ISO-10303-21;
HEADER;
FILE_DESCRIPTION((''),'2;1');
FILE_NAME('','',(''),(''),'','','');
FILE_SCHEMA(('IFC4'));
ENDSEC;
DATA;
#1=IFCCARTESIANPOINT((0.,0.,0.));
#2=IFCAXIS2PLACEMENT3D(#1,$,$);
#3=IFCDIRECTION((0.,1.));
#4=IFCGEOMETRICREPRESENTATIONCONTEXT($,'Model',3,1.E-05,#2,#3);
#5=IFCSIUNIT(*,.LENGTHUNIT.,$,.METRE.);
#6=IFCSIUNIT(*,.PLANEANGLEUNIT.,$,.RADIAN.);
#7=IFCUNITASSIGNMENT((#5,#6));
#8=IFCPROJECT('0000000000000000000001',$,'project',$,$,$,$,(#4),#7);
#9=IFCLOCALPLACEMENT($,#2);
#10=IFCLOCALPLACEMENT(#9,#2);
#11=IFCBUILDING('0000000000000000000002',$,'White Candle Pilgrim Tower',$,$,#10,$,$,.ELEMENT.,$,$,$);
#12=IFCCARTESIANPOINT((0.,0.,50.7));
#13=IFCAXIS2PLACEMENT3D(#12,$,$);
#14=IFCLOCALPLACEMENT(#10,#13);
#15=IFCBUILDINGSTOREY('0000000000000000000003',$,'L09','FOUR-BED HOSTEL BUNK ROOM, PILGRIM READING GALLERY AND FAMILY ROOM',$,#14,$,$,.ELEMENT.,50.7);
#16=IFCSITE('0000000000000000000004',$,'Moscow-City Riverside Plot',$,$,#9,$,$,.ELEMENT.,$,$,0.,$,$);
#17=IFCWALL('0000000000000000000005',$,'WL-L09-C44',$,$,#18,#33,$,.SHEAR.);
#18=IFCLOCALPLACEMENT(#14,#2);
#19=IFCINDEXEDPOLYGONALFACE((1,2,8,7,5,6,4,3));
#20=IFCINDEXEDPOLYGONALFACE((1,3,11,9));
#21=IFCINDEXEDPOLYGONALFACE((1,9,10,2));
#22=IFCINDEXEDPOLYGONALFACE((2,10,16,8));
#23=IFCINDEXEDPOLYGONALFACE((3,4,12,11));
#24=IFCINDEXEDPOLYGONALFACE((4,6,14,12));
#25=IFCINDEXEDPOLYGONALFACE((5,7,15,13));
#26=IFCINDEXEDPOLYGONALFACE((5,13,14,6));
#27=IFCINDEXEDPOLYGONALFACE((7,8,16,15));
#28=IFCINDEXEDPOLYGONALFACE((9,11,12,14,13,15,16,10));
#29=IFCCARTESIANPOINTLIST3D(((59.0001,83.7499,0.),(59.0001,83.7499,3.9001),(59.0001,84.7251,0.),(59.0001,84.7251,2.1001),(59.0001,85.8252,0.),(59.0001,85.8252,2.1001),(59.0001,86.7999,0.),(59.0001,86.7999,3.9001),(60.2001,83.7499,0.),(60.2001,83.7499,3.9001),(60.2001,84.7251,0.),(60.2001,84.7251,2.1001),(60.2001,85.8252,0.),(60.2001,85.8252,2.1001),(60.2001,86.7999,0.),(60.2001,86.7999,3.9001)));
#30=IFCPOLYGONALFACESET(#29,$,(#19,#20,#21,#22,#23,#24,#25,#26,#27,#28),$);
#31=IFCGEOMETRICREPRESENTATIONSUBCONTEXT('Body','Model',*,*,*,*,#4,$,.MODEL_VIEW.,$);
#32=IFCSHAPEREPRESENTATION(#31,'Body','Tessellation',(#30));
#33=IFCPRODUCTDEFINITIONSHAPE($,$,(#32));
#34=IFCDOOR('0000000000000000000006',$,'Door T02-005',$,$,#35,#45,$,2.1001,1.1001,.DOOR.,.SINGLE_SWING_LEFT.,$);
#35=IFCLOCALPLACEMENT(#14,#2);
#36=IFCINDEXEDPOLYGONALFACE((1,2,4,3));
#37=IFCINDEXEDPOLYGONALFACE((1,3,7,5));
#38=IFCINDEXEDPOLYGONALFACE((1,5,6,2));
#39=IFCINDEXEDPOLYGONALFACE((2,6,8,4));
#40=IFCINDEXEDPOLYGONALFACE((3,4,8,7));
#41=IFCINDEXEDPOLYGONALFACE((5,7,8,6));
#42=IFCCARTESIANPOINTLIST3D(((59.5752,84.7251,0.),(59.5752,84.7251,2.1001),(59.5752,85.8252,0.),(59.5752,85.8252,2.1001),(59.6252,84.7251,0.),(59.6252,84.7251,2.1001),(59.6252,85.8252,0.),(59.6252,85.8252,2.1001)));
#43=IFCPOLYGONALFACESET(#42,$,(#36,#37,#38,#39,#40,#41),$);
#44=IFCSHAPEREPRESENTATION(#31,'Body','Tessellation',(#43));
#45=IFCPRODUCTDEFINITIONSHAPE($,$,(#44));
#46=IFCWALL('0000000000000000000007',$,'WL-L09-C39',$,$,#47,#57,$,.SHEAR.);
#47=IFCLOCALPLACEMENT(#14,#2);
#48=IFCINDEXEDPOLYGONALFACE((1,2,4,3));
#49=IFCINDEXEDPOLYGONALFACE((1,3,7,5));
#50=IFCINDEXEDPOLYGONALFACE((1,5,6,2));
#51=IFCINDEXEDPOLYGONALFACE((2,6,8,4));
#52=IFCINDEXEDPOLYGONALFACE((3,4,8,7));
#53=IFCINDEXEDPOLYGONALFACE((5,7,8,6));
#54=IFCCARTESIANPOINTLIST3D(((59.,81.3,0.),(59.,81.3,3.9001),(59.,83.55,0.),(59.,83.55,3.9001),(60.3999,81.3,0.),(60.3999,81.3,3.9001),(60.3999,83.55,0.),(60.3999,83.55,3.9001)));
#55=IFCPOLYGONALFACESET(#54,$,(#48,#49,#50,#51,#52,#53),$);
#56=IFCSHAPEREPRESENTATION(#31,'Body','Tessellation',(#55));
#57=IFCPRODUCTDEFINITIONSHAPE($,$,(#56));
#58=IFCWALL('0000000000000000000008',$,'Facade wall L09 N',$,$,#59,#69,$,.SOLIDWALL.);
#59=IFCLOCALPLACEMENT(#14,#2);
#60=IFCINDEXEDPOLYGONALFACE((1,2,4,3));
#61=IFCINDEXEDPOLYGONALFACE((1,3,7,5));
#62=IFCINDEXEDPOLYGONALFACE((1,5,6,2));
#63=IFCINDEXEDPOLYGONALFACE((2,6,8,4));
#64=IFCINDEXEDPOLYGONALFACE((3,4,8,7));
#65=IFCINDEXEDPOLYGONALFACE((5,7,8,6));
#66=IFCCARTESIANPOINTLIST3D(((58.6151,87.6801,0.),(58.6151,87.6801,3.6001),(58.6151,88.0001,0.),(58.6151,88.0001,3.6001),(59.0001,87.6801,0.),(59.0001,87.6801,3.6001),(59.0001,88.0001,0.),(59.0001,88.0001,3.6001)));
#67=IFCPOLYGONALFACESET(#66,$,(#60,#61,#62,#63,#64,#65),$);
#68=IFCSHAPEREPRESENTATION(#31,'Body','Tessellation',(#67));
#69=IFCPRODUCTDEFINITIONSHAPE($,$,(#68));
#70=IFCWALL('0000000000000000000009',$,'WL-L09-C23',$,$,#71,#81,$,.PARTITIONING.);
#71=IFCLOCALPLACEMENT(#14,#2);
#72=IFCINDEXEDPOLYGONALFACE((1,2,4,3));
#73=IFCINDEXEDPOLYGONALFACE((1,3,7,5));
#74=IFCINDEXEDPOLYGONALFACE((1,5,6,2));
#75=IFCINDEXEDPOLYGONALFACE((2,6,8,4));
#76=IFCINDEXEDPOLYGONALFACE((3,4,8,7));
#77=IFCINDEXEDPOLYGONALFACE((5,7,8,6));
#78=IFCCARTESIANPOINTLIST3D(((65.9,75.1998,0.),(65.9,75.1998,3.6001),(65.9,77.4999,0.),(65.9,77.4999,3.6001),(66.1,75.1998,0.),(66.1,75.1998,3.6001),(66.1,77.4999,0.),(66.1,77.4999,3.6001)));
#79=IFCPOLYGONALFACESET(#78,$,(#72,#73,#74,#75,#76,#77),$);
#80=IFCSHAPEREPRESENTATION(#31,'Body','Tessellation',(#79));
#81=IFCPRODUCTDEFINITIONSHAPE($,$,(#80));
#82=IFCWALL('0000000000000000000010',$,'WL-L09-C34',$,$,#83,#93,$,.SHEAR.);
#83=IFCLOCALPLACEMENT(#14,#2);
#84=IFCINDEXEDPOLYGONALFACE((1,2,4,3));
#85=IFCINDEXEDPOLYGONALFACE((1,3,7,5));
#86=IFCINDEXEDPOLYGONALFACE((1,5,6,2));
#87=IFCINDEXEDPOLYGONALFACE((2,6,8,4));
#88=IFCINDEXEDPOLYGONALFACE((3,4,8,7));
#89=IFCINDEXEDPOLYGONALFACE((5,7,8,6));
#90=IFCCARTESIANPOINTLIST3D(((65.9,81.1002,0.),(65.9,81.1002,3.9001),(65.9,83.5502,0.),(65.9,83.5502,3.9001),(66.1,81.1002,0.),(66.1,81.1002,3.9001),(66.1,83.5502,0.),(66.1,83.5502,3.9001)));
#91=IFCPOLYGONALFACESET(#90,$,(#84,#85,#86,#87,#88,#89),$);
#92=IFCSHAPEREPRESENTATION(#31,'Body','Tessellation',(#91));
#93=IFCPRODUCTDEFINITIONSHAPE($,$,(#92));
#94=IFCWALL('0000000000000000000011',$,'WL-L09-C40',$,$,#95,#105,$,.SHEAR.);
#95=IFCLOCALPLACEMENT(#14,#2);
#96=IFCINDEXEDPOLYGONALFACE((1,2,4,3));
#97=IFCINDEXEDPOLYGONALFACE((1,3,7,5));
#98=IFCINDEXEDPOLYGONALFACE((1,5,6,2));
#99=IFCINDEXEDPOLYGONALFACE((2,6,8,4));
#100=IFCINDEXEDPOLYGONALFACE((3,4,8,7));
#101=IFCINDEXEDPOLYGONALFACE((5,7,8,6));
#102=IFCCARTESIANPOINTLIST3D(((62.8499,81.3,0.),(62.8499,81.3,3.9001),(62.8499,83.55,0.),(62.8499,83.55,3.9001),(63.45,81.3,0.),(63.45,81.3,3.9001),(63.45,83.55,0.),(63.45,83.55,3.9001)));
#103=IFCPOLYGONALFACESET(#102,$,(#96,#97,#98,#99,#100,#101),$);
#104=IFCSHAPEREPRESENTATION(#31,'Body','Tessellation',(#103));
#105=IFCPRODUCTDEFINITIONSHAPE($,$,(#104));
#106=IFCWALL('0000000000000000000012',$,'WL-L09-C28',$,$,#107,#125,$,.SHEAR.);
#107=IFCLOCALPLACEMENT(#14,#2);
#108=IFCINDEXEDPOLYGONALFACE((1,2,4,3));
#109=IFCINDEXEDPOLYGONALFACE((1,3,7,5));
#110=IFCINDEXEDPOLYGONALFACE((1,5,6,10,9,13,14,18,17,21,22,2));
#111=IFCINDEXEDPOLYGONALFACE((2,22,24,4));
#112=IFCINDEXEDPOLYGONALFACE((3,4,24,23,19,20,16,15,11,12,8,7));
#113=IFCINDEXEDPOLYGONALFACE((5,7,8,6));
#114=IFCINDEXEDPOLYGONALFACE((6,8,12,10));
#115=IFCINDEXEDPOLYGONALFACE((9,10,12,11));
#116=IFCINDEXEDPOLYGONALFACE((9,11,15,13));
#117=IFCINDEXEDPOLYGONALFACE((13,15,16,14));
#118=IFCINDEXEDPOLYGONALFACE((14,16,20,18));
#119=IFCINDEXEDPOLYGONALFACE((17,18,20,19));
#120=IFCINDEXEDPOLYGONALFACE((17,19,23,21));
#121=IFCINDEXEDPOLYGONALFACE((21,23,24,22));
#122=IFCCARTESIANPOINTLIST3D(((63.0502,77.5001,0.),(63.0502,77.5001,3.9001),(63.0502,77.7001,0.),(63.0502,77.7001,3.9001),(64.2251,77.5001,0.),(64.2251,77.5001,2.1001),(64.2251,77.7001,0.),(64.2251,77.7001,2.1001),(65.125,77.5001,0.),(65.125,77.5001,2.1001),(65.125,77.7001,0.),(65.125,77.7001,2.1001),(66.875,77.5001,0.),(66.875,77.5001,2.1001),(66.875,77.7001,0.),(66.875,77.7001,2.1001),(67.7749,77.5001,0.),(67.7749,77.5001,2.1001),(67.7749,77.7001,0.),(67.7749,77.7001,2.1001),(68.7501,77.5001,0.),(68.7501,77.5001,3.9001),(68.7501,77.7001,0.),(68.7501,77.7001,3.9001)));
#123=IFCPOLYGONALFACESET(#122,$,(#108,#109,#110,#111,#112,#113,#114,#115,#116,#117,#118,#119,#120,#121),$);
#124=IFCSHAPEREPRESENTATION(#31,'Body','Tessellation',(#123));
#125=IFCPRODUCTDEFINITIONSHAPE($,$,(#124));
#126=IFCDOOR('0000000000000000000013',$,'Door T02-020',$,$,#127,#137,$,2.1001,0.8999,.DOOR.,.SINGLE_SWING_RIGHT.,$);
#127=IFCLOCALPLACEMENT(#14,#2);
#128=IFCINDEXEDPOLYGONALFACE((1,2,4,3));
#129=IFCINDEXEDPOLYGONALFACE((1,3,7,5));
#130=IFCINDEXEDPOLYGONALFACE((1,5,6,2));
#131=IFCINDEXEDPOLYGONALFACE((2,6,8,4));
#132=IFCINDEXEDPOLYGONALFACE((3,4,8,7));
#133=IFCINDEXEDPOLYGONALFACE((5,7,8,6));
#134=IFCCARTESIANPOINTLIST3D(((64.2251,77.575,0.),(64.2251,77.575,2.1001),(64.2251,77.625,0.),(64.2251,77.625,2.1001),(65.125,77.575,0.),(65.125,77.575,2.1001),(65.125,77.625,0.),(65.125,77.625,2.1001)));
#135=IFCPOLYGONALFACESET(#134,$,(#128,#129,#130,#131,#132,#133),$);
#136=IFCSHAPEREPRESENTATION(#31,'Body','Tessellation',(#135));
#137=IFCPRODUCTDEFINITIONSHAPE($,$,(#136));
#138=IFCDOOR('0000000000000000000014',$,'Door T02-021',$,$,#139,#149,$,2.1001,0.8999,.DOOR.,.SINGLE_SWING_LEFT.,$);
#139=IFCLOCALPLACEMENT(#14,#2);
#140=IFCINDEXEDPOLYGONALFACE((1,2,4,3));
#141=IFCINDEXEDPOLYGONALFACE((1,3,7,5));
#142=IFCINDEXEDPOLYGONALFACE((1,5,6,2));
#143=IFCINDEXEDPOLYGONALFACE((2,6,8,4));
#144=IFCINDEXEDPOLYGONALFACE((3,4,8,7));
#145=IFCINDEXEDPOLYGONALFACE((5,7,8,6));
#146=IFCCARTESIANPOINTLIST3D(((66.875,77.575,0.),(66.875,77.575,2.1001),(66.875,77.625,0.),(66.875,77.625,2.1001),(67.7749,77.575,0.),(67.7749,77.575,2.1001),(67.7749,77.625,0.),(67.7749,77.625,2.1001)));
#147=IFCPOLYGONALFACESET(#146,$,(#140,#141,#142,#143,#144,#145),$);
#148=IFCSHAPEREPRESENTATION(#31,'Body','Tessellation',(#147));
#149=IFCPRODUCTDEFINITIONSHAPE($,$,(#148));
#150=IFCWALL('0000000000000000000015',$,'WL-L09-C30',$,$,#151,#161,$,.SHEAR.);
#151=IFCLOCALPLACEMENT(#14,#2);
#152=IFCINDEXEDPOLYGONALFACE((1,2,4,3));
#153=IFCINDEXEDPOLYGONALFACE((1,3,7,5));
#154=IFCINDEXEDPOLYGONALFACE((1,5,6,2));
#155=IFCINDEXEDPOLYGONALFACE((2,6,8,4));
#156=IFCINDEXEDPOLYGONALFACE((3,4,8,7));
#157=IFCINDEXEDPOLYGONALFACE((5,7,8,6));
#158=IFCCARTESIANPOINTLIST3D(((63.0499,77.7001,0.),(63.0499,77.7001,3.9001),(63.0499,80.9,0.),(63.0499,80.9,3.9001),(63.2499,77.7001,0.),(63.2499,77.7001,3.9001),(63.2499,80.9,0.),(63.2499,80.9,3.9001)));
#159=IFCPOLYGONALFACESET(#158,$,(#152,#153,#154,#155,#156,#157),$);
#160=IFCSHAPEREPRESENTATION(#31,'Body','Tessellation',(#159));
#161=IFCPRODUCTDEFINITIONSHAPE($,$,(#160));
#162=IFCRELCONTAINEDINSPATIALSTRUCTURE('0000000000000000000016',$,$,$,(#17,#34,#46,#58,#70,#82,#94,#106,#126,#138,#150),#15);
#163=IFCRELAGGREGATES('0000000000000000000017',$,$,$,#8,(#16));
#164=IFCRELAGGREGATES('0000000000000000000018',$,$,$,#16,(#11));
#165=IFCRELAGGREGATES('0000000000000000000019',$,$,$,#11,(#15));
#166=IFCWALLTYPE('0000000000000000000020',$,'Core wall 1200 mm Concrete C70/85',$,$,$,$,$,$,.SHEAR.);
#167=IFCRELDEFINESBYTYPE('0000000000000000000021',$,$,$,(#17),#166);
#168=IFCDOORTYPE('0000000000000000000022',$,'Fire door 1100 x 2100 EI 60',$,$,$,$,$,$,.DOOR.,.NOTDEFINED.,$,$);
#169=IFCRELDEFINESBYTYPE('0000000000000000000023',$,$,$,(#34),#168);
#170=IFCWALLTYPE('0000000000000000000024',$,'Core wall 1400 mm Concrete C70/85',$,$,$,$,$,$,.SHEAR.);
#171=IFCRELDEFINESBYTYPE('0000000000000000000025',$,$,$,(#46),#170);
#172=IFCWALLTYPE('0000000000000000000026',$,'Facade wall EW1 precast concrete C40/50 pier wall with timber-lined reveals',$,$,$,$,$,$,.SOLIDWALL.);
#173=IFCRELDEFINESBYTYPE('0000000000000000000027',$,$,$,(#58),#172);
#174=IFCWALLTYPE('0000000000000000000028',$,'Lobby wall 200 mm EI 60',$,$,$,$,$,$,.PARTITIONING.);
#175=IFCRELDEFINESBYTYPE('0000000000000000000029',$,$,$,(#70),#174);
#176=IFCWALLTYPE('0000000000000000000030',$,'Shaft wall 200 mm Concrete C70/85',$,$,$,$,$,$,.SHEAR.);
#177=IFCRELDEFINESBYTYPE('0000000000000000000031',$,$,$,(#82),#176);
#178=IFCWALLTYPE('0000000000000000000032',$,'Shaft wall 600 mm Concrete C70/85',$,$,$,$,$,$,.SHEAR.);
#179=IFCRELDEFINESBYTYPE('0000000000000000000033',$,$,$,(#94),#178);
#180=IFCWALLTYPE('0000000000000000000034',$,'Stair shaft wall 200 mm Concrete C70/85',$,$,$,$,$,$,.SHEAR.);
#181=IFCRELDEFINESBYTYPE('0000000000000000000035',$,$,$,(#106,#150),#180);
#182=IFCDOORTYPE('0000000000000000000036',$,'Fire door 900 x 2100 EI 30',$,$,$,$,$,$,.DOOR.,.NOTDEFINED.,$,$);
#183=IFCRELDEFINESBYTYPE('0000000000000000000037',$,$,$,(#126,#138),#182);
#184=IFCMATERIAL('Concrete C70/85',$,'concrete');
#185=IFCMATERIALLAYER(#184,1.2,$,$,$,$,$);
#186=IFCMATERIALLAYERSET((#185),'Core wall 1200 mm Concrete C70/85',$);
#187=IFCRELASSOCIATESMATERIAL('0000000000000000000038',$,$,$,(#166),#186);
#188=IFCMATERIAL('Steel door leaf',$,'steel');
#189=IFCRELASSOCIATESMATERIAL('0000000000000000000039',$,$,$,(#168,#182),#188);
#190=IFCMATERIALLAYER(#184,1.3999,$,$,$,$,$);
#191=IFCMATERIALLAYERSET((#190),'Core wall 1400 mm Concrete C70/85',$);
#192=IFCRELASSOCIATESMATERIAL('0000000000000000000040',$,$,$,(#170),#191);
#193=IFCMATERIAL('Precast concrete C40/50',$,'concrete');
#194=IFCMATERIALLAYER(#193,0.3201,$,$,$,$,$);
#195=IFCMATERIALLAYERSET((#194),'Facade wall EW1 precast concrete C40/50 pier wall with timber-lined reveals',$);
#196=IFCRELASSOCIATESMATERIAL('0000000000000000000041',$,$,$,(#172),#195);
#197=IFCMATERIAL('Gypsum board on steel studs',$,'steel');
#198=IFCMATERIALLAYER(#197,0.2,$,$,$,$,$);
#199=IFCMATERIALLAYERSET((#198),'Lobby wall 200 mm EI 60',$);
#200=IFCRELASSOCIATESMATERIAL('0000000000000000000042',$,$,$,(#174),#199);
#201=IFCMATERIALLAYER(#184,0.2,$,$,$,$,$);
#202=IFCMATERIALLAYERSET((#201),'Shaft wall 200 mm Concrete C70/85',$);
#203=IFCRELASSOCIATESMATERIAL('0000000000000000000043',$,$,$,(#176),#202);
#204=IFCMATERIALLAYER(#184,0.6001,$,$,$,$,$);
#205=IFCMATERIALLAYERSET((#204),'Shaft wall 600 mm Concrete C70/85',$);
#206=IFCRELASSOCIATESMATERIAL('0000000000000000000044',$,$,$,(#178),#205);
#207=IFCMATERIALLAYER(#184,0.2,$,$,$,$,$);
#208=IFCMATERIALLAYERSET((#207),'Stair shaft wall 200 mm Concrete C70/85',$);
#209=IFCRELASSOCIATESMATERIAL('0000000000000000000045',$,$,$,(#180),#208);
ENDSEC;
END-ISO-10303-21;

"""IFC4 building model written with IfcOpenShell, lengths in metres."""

from ifc_helpers import new_model, si_unit, direction, frame, frame_2d, origin, place, context, subcontext, project, spatial, rectangle, extrude, material, layer, layer_set, type_object, element, fill, save


model = new_model("IFC4")

# Units and contexts
model_context = context("Model", 3, precision=1e-05, world=origin(), true_north=direction((0.0, 1.0)))
body_context = subcontext(model_context, "Body", "Model", "MODEL_VIEW")
ifc_project = project(units=[si_unit("LENGTHUNIT", "METRE"), si_unit("PLANEANGLEUNIT", "RADIAN")], contexts=[model_context])

# Site, building, storey
site_placement = place(None, origin())
site = spatial("IfcSite", under=ifc_project, at=site_placement, Name="Moscow-City Riverside Plot", CompositionType="ELEMENT", RefElevation=0.0)
building_placement = place(site_placement, origin())
building = spatial("IfcBuilding", under=site, at=building_placement, Name="White Candle Pilgrim Tower", CompositionType="ELEMENT")
storey_placement = place(building_placement, frame((0.0, 0.0, 50.7)))
storey = spatial("IfcBuildingStorey", under=building, at=storey_placement, Name="L09", Description="FOUR-BED HOSTEL BUNK ROOM, PILGRIM READING GALLERY AND FAMILY ROOM", CompositionType="ELEMENT", Elevation=50.7)

# Wall, opening, door
ifc_material_1 = material(Name="Concrete C70/85", Category="concrete")
ifc_layer_1 = layer(ifc_material_1, 1.2)
ifc_layer_set_1 = layer_set([ifc_layer_1], Name="Core wall 1200 mm Concrete C70/85")
wall_type_1 = type_object("IfcWallType", Name="Core wall 1200 mm Concrete C70/85", PredefinedType="SHEAR", material=ifc_layer_set_1)
wall_1_placement = place(storey_placement, frame((59.6001, 83.75, 0.0), z_axis=(0.0, 0.0, 1.0), x_axis=(0.0, 1.0, 0.0)))
wall_1 = element("IfcWall", 1, at=wall_1_placement, inside=storey, type_object=wall_type_1, Name="WL-L09-C44", PredefinedType="SHEAR", context=body_context, shape_type="SweptSolid", body=[
    extrude(rectangle(XDim=3.05, YDim=1.2, at=frame_2d((1.5249, 0.0))), origin(), (0.0, 0.0, 1.0), 3.9001),
])
opening_1_placement = place(wall_1_placement, frame((0.9751, 0.0, 0.0)))
opening_1 = element("IfcOpeningElement", 2, at=opening_1_placement, cuts=wall_1, PredefinedType="OPENING", context=body_context, shape_type="SweptSolid", body=[
    extrude(rectangle(XDim=1.1001, YDim=2.1001, at=frame_2d((0.55, 1.05))), frame((0.0, 0.6099, 0.0), z_axis=(0.0, -1.0, 0.0), x_axis=(1.0, 0.0, 0.0)), (0.0, 0.0, 1.0), 1.22),
])
ifc_material_2 = material(Name="Steel door leaf", Category="steel")
door_type_1 = type_object("IfcDoorType", Name="Fire door 1100 x 2100 EI 60", OperationType="NOTDEFINED", PredefinedType="DOOR", material=ifc_material_2)
door_1_placement = place(opening_1_placement, origin())
door_1 = element("IfcDoor", 3, at=door_1_placement, inside=storey, type_object=door_type_1, Name="Door T02-005", OperationType="SINGLE_SWING_LEFT", OverallHeight=2.1001, OverallWidth=1.1001, PredefinedType="DOOR", context=body_context, shape_type="SweptSolid", body=[
    extrude(rectangle(XDim=1.1001, YDim=2.1001, at=frame_2d((0.55, 1.05))), frame((0.0, 0.0249, 0.0), z_axis=(0.0, -1.0, 0.0), x_axis=(1.0, 0.0, 0.0)), (0.0, 0.0, 1.0), 0.05),
])
fill(opening_1, door_1)

# Walls
ifc_layer_2 = layer(ifc_material_1, 1.3999)
ifc_layer_set_2 = layer_set([ifc_layer_2], Name="Core wall 1400 mm Concrete C70/85")
wall_type_2 = type_object("IfcWallType", Name="Core wall 1400 mm Concrete C70/85", PredefinedType="SHEAR", material=ifc_layer_set_2)
wall_2_placement = place(storey_placement, frame((59.7, 81.3, 0.0), z_axis=(0.0, 0.0, 1.0), x_axis=(0.0, 1.0, 0.0)))
element("IfcWall", 4, at=wall_2_placement, inside=storey, type_object=wall_type_2, Name="WL-L09-C39", PredefinedType="SHEAR", context=body_context, shape_type="SweptSolid", body=[
    extrude(rectangle(XDim=2.25, YDim=1.3999, at=frame_2d((1.125, 0.0))), origin(), (0.0, 0.0, 1.0), 3.9001),
])
ifc_material_3 = material(Name="Precast concrete C40/50", Category="concrete")
ifc_layer_3 = layer(ifc_material_3, 0.3201)
ifc_layer_set_3 = layer_set([ifc_layer_3], Name="Facade wall EW1 precast concrete C40/50 pier wall with timber-lined reveals")
wall_type_3 = type_object("IfcWallType", Name="Facade wall EW1 precast concrete C40/50 pier wall with timber-lined reveals", PredefinedType="SOLIDWALL", material=ifc_layer_set_3)
wall_3_placement = place(storey_placement, frame((59.0, 87.8401, 0.0), z_axis=(0.0, 0.0, 1.0), x_axis=(-1.0, 0.0, 0.0)))
element("IfcWall", 5, at=wall_3_placement, inside=storey, type_object=wall_type_3, Name="Facade wall L09 N", PredefinedType="SOLIDWALL", context=body_context, shape_type="SweptSolid", body=[
    extrude(rectangle(XDim=0.385, YDim=0.3201, at=frame_2d((0.1924, 0.0))), origin(), (0.0, 0.0, 1.0), 3.6001),
])
ifc_material_4 = material(Name="Gypsum board on steel studs", Category="steel")
ifc_layer_4 = layer(ifc_material_4, 0.2)
ifc_layer_set_4 = layer_set([ifc_layer_4], Name="Lobby wall 200 mm EI 60")
wall_type_4 = type_object("IfcWallType", Name="Lobby wall 200 mm EI 60", PredefinedType="PARTITIONING", material=ifc_layer_set_4)
wall_4_placement = place(storey_placement, frame((66.0, 75.2, 0.0), z_axis=(0.0, 0.0, 1.0), x_axis=(0.0, 1.0, 0.0)))
element("IfcWall", 6, at=wall_4_placement, inside=storey, type_object=wall_type_4, Name="WL-L09-C23", PredefinedType="PARTITIONING", context=body_context, shape_type="SweptSolid", body=[
    extrude(rectangle(XDim=2.3, YDim=0.2, at=frame_2d((1.1499, 0.0))), origin(), (0.0, 0.0, 1.0), 3.6001),
])
ifc_layer_5 = layer(ifc_material_1, 0.2)
ifc_layer_set_5 = layer_set([ifc_layer_5], Name="Shaft wall 200 mm Concrete C70/85")
wall_type_5 = type_object("IfcWallType", Name="Shaft wall 200 mm Concrete C70/85", PredefinedType="SHEAR", material=ifc_layer_set_5)
wall_5_placement = place(storey_placement, frame((66.0, 81.1001, 0.0), z_axis=(0.0, 0.0, 1.0), x_axis=(0.0, 1.0, 0.0)))
element("IfcWall", 7, at=wall_5_placement, inside=storey, type_object=wall_type_5, Name="WL-L09-C34", PredefinedType="SHEAR", context=body_context, shape_type="SweptSolid", body=[
    extrude(rectangle(XDim=2.45, YDim=0.2, at=frame_2d((1.2251, 0.0))), origin(), (0.0, 0.0, 1.0), 3.9001),
])
ifc_layer_6 = layer(ifc_material_1, 0.6001)
ifc_layer_set_6 = layer_set([ifc_layer_6], Name="Shaft wall 600 mm Concrete C70/85")
wall_type_6 = type_object("IfcWallType", Name="Shaft wall 600 mm Concrete C70/85", PredefinedType="SHEAR", material=ifc_layer_set_6)
wall_6_placement = place(storey_placement, frame((63.1499, 81.3, 0.0), z_axis=(0.0, 0.0, 1.0), x_axis=(0.0, 1.0, 0.0)))
element("IfcWall", 8, at=wall_6_placement, inside=storey, type_object=wall_type_6, Name="WL-L09-C40", PredefinedType="SHEAR", context=body_context, shape_type="SweptSolid", body=[
    extrude(rectangle(XDim=2.25, YDim=0.6001, at=frame_2d((1.125, 0.0))), origin(), (0.0, 0.0, 1.0), 3.9001),
])

# Wall, openings, doors
ifc_layer_7 = layer(ifc_material_1, 0.2)
ifc_layer_set_7 = layer_set([ifc_layer_7], Name="Stair shaft wall 200 mm Concrete C70/85")
wall_type_7 = type_object("IfcWallType", Name="Stair shaft wall 200 mm Concrete C70/85", PredefinedType="SHEAR", material=ifc_layer_set_7)
wall_7_placement = place(storey_placement, frame((63.05, 77.6001, 0.0), z_axis=(0.0, 0.0, 1.0), x_axis=(1.0, 0.0, 0.0)))
wall_7 = element("IfcWall", 9, at=wall_7_placement, inside=storey, type_object=wall_type_7, Name="WL-L09-C28", PredefinedType="SHEAR", context=body_context, shape_type="SweptSolid", body=[
    extrude(rectangle(XDim=5.7, YDim=0.2, at=frame_2d((2.8501, 0.0))), origin(), (0.0, 0.0, 1.0), 3.9001),
])
opening_2_placement = place(wall_7_placement, frame((1.175, 0.0, 0.0)))
opening_2 = element("IfcOpeningElement", 10, at=opening_2_placement, cuts=wall_7, PredefinedType="OPENING", context=body_context, shape_type="SweptSolid", body=[
    extrude(rectangle(XDim=0.8999, YDim=2.1001, at=frame_2d((0.45, 1.05))), frame((0.0, 0.1099, 0.0), z_axis=(0.0, -1.0, 0.0), x_axis=(1.0, 0.0, 0.0)), (0.0, 0.0, 1.0), 0.22),
])
opening_3_placement = place(wall_7_placement, frame((3.825, 0.0, 0.0)))
opening_3 = element("IfcOpeningElement", 11, at=opening_3_placement, cuts=wall_7, PredefinedType="OPENING", context=body_context, shape_type="SweptSolid", body=[
    extrude(rectangle(XDim=0.8999, YDim=2.1001, at=frame_2d((0.45, 1.05))), frame((0.0, 0.1099, 0.0), z_axis=(0.0, -1.0, 0.0), x_axis=(1.0, 0.0, 0.0)), (0.0, 0.0, 1.0), 0.22),
])
door_type_2 = type_object("IfcDoorType", Name="Fire door 900 x 2100 EI 30", OperationType="NOTDEFINED", PredefinedType="DOOR", material=ifc_material_2)
door_2_placement = place(opening_2_placement, origin())
door_2 = element("IfcDoor", 12, at=door_2_placement, inside=storey, type_object=door_type_2, Name="Door T02-020", OperationType="SINGLE_SWING_RIGHT", OverallHeight=2.1001, OverallWidth=0.8999, PredefinedType="DOOR", context=body_context, shape_type="SweptSolid", body=[
    extrude(rectangle(XDim=0.8999, YDim=2.1001, at=frame_2d((0.45, 1.05))), frame((0.0, 0.0249, 0.0), z_axis=(0.0, -1.0, 0.0), x_axis=(1.0, 0.0, 0.0)), (0.0, 0.0, 1.0), 0.05),
])
fill(opening_2, door_2)
door_3_placement = place(opening_3_placement, origin())
door_3 = element("IfcDoor", 13, at=door_3_placement, inside=storey, type_object=door_type_2, Name="Door T02-021", OperationType="SINGLE_SWING_LEFT", OverallHeight=2.1001, OverallWidth=0.8999, PredefinedType="DOOR", context=body_context, shape_type="SweptSolid", body=[
    extrude(rectangle(XDim=0.8999, YDim=2.1001, at=frame_2d((0.45, 1.05))), frame((0.0, 0.0249, 0.0), z_axis=(0.0, -1.0, 0.0), x_axis=(1.0, 0.0, 0.0)), (0.0, 0.0, 1.0), 0.05),
])
fill(opening_3, door_3)

# Wall
wall_8_placement = place(storey_placement, frame((63.1499, 77.7, 0.0), z_axis=(0.0, 0.0, 1.0), x_axis=(0.0, 1.0, 0.0)))
element("IfcWall", 14, at=wall_8_placement, inside=storey, type_object=wall_type_7, Name="WL-L09-C30", PredefinedType="SHEAR", context=body_context, shape_type="SweptSolid", body=[
    extrude(rectangle(XDim=3.2, YDim=0.2, at=frame_2d((1.6001, 0.0))), origin(), (0.0, 0.0, 1.0), 3.9001),
])

save(model, "model.ifc")
